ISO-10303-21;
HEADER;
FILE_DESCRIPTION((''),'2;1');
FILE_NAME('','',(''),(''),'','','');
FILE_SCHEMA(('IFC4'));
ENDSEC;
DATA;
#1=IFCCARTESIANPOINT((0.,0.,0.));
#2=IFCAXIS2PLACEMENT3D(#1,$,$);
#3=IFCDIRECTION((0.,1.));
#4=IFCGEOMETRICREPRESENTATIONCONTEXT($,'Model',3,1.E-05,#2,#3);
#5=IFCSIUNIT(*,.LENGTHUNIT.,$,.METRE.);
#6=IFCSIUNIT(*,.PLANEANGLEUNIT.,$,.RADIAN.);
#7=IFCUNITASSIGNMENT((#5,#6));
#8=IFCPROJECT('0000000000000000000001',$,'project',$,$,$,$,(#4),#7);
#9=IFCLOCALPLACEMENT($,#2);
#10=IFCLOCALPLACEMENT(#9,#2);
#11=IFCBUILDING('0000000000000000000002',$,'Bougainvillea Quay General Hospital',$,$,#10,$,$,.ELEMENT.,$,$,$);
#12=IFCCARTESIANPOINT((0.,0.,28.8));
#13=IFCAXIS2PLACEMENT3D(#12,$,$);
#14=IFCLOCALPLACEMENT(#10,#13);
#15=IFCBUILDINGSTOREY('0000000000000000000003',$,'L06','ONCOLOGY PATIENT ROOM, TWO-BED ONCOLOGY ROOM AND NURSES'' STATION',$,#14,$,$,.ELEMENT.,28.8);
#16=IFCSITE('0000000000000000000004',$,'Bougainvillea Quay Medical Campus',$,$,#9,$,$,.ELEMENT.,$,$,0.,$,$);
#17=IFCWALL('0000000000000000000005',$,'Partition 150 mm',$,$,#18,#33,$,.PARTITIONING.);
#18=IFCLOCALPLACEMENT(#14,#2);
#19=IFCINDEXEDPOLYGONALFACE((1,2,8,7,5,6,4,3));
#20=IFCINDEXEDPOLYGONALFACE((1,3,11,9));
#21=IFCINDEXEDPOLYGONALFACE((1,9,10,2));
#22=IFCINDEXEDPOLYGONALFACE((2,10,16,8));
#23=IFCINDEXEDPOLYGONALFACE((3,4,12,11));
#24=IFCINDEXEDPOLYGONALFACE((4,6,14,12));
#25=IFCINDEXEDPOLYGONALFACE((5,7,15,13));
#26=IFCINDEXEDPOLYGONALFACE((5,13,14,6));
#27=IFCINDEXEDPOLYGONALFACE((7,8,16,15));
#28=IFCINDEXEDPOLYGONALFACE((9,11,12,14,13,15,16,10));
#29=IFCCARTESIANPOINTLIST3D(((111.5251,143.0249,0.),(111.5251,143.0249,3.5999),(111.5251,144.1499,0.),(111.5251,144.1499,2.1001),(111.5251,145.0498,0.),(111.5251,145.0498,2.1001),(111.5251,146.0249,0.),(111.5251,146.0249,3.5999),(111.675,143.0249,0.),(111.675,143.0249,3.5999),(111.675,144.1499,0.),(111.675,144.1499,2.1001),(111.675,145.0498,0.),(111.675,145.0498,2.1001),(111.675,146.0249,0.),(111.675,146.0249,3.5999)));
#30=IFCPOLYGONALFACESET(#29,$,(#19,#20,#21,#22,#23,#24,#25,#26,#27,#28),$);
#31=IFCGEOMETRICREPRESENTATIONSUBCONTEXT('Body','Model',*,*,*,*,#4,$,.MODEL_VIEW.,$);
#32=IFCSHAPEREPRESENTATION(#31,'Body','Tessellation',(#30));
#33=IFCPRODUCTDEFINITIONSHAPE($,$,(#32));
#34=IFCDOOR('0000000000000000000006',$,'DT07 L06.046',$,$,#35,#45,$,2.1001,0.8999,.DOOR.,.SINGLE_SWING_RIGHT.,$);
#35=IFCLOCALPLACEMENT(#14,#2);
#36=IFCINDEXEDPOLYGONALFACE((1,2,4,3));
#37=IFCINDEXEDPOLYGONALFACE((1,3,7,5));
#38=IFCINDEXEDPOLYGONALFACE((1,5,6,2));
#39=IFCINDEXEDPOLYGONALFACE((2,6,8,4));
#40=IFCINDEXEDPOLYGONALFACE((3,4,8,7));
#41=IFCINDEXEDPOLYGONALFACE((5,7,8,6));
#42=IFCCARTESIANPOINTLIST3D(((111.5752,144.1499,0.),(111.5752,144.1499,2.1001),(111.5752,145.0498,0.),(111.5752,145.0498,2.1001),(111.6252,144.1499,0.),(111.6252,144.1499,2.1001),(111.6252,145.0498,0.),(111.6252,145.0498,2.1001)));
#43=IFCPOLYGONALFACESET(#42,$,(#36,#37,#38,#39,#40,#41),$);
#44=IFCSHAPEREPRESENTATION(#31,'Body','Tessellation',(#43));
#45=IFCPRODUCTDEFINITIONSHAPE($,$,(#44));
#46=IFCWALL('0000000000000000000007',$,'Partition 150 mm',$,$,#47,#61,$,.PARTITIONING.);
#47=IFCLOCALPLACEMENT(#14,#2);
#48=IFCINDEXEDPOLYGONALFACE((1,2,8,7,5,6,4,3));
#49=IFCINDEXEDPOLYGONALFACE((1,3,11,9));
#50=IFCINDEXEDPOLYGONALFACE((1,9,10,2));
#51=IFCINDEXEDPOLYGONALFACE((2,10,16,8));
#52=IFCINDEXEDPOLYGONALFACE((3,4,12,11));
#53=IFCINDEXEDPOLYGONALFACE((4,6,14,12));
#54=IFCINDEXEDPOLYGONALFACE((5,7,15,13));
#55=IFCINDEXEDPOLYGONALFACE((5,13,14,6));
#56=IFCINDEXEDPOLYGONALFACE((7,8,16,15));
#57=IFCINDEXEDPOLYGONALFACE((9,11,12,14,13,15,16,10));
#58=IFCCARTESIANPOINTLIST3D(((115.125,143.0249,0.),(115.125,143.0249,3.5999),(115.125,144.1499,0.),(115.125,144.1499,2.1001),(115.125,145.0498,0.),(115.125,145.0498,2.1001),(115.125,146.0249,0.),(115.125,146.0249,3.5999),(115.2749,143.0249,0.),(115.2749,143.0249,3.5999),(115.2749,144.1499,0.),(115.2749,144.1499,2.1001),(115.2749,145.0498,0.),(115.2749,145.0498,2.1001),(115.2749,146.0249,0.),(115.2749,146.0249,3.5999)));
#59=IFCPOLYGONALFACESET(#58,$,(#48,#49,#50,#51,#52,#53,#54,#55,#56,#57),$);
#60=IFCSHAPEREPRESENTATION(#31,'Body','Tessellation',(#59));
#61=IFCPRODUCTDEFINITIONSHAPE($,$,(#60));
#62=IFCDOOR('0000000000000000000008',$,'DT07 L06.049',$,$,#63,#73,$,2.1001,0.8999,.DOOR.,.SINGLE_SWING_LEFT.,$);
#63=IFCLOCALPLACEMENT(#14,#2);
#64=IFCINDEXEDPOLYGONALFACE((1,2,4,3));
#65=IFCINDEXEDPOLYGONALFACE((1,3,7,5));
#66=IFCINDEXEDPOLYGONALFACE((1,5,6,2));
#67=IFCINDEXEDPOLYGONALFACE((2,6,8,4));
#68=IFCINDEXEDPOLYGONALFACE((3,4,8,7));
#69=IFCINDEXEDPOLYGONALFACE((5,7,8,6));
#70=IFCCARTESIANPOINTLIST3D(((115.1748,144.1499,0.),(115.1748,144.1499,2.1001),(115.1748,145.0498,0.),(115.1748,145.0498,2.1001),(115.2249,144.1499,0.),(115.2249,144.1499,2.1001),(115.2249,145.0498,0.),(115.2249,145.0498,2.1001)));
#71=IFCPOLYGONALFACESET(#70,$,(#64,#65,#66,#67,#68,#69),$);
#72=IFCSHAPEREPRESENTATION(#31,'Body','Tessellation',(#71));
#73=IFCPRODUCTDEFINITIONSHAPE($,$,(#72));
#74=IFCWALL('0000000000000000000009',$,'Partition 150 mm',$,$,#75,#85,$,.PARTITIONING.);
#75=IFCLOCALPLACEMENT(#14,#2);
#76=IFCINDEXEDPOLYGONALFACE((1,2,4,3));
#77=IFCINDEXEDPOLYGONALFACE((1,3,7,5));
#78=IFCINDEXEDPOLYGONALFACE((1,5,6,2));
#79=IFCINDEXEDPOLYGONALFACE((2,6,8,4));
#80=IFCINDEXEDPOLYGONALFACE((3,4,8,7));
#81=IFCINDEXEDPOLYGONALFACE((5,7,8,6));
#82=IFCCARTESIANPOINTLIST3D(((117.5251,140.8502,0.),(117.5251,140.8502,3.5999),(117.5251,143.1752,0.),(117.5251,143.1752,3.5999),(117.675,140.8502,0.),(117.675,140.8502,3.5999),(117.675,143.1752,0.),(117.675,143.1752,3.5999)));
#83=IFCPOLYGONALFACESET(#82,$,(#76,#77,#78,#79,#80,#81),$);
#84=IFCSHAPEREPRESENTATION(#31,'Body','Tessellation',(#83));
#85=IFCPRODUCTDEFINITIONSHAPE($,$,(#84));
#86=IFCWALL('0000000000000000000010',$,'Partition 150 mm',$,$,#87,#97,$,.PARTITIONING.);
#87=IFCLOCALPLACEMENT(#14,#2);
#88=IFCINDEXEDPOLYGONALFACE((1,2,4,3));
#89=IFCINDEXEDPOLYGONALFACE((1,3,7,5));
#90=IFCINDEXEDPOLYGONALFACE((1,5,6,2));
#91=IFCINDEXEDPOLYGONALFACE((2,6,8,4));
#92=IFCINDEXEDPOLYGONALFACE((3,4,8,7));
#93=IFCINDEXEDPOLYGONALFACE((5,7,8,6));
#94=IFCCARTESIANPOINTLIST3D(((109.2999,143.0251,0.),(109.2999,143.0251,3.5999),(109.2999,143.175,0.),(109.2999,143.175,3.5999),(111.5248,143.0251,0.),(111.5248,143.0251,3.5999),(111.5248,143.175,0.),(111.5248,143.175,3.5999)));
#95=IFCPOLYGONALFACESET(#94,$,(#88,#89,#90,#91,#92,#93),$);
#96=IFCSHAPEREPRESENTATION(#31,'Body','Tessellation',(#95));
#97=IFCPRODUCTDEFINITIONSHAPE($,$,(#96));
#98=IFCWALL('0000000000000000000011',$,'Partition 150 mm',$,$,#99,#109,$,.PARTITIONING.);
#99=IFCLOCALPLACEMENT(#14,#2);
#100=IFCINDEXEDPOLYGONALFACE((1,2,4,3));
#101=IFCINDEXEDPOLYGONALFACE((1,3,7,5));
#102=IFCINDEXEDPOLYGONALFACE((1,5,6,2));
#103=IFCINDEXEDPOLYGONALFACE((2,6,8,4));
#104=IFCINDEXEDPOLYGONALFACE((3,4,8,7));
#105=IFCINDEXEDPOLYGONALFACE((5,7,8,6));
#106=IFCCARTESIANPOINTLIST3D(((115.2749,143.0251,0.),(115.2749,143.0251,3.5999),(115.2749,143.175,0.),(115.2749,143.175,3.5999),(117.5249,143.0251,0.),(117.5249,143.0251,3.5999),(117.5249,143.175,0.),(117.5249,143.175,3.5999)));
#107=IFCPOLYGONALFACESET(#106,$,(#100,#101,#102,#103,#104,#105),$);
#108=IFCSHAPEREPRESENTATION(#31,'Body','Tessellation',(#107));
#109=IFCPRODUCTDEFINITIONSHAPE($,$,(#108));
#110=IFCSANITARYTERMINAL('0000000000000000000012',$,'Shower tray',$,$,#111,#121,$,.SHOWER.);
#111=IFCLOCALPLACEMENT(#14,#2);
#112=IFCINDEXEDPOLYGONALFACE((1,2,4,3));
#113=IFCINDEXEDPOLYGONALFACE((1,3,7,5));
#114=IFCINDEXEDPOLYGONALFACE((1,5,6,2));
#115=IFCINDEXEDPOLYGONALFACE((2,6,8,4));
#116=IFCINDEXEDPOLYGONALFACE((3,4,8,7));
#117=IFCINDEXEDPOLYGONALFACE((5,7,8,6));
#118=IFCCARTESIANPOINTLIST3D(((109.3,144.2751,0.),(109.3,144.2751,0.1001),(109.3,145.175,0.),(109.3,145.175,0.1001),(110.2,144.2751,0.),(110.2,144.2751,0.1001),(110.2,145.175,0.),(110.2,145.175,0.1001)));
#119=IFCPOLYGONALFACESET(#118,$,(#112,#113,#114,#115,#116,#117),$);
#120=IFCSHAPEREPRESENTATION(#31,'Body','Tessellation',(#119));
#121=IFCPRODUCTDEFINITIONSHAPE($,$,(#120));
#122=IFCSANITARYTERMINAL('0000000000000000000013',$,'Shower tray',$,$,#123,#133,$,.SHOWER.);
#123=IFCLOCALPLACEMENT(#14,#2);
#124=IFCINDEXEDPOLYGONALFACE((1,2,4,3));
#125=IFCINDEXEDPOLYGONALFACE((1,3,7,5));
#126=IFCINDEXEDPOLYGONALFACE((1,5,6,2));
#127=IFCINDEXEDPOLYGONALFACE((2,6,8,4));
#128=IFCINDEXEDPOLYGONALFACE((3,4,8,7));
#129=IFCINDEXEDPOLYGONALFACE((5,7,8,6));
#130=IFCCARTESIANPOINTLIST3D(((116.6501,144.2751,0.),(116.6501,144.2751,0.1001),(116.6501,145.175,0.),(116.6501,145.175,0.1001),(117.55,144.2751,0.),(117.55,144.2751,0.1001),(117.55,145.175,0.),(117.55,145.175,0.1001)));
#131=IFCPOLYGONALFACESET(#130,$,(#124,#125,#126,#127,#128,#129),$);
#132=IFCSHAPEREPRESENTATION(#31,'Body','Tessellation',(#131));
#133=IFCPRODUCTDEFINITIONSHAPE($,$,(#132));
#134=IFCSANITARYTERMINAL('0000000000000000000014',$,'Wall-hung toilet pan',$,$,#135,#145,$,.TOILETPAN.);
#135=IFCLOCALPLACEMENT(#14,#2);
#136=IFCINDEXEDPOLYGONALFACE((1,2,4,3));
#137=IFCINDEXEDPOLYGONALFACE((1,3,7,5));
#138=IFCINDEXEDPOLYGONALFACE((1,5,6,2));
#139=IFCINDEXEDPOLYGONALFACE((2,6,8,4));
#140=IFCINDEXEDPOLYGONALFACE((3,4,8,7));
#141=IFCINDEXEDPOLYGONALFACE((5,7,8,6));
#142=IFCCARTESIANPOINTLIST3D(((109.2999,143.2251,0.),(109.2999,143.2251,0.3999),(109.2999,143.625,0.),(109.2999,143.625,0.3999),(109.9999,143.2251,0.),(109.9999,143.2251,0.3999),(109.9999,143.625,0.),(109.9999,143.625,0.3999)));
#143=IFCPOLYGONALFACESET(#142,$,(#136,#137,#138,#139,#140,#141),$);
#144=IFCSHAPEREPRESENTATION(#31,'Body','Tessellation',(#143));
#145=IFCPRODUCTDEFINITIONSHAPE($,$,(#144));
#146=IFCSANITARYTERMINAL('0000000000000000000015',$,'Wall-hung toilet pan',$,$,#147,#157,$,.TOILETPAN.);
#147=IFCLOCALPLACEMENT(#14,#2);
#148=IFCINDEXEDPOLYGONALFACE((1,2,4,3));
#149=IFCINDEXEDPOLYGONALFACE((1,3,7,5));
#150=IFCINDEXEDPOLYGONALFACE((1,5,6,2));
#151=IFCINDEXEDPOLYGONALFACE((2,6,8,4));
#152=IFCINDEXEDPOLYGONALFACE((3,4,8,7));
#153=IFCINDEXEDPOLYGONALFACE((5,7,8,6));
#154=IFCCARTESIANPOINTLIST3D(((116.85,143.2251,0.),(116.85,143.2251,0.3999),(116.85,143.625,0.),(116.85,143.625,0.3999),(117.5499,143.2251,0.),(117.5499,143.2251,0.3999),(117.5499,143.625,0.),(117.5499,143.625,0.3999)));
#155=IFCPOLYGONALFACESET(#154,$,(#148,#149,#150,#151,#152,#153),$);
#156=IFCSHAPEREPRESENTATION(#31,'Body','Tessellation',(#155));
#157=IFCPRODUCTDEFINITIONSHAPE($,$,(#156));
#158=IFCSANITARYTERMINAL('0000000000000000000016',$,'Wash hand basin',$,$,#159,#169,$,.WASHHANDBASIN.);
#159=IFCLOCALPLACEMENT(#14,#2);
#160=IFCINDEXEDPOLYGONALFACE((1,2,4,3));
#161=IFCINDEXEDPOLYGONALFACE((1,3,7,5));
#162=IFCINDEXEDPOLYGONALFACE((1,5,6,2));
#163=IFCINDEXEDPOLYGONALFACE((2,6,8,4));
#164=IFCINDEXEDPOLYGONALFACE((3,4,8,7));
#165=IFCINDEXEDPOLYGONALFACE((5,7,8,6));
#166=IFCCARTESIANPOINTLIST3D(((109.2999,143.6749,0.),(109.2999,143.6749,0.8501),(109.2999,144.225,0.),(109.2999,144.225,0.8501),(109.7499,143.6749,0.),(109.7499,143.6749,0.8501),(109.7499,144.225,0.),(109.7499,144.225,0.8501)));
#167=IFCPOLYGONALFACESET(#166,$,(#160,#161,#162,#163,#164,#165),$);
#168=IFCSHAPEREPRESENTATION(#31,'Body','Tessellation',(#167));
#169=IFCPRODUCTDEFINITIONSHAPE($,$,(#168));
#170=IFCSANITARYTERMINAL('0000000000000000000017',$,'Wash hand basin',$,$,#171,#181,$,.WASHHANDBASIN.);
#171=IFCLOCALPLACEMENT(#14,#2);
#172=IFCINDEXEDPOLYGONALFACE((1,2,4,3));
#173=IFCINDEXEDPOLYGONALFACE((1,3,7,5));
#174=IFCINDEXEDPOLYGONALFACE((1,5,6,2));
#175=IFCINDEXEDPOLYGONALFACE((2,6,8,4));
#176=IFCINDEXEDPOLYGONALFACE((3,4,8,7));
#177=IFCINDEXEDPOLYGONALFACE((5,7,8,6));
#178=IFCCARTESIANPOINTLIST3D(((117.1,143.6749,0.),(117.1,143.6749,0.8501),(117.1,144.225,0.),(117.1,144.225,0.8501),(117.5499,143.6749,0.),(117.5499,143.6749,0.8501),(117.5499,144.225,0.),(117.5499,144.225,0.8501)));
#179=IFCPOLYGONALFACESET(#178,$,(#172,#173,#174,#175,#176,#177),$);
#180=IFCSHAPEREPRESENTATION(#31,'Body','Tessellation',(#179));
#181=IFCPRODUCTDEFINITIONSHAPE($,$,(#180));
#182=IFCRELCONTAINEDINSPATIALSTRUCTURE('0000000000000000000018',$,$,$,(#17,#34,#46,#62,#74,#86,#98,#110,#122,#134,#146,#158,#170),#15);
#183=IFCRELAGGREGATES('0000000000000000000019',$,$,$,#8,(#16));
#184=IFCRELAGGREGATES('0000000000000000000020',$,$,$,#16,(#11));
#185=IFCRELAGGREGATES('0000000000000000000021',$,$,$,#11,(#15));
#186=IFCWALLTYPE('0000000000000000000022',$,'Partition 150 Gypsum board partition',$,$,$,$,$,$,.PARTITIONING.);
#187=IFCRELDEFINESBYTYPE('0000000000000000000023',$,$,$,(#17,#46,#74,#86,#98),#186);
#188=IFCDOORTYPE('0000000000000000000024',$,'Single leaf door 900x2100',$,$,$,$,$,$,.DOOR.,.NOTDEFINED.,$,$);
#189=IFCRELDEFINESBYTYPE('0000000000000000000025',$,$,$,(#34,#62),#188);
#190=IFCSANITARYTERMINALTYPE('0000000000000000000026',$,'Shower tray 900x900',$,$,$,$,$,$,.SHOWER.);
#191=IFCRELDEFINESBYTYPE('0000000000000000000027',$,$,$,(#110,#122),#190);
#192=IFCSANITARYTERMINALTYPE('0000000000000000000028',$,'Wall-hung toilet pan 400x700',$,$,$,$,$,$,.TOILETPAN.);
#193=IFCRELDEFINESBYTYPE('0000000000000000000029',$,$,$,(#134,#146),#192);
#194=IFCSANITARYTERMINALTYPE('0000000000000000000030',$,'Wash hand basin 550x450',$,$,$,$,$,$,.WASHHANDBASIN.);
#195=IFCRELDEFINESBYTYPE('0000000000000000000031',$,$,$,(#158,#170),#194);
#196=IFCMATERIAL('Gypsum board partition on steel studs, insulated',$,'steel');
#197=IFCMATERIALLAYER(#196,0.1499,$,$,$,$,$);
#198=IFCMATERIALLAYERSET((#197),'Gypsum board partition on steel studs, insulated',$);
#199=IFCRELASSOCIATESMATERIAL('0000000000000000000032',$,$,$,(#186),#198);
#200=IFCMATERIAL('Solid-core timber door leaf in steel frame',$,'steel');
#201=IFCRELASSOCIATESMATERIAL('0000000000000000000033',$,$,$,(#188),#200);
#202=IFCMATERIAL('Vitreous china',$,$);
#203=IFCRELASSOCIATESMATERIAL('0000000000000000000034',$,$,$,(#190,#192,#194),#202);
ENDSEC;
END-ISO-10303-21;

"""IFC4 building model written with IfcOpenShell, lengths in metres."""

from ifc_helpers import new_model, si_unit, direction, frame, frame_2d, origin, origin_2d, place, context, subcontext, project, spatial, rectangle, extrude, material, layer, layer_set, type_object, element, fill, save


model = new_model("IFC4")

# Units and contexts
model_context = context("Model", 3, precision=1e-05, world=origin(), true_north=direction((0.0, 1.0)))
body_context = subcontext(model_context, "Body", "Model", "MODEL_VIEW")
ifc_project = project(units=[si_unit("LENGTHUNIT", "METRE"), si_unit("PLANEANGLEUNIT", "RADIAN")], contexts=[model_context])

# Site, building, storey
site_placement = place(None, origin())
site = spatial("IfcSite", under=ifc_project, at=site_placement, Name="Bougainvillea Quay Medical Campus", CompositionType="ELEMENT", RefElevation=0.0)
building_placement = place(site_placement, origin())
building = spatial("IfcBuilding", under=site, at=building_placement, Name="Bougainvillea Quay General Hospital", CompositionType="ELEMENT")
storey_placement = place(building_placement, frame((0.0, 0.0, 28.8)))
storey = spatial("IfcBuildingStorey", under=building, at=storey_placement, Name="L06", Description="ONCOLOGY PATIENT ROOM, TWO-BED ONCOLOGY ROOM AND NURSES' STATION", CompositionType="ELEMENT", Elevation=28.8)

# Shared definitions
ifc_material_1 = material(Name="Gypsum board partition on steel studs, insulated", Category="steel")
ifc_layer_1 = layer(ifc_material_1, 0.1499)
ifc_layer_set_1 = layer_set([ifc_layer_1], Name="Gypsum board partition on steel studs, insulated")
wall_type_1 = type_object("IfcWallType", Name="Partition 150 Gypsum board partition", PredefinedType="PARTITIONING", material=ifc_layer_set_1)

# Walls, openings, doors
wall_1_placement = place(storey_placement, frame((111.6001, 143.0249, 0.0), z_axis=(0.0, 0.0, 1.0), x_axis=(0.0, 1.0, 0.0)))
wall_1 = element("IfcWall", 1, at=wall_1_placement, inside=storey, type_object=wall_type_1, Name="Partition 150 mm", PredefinedType="PARTITIONING", context=body_context, shape_type="SweptSolid", body=[
    extrude(rectangle(XDim=3.0, YDim=0.1499, at=frame_2d((1.5, 0.0))), origin(), (0.0, 0.0, 1.0), 3.5999),
])
opening_1_placement = place(wall_1_placement, frame((1.125, 0.0, 0.0)))
opening_1 = element("IfcOpeningElement", 2, at=opening_1_placement, cuts=wall_1, PredefinedType="OPENING", context=body_context, shape_type="SweptSolid", body=[
    extrude(rectangle(XDim=0.8999, YDim=2.1001, at=frame_2d((0.45, 1.05))), frame((0.0, 0.085, 0.0), z_axis=(0.0, -1.0, 0.0), x_axis=(1.0, 0.0, 0.0)), (0.0, 0.0, 1.0), 0.1699),
])
ifc_material_2 = material(Name="Solid-core timber door leaf in steel frame", Category="steel")
door_type = type_object("IfcDoorType", Name="Single leaf door 900x2100", OperationType="NOTDEFINED", PredefinedType="DOOR", material=ifc_material_2)
door_1_placement = place(opening_1_placement, origin())
door_1 = element("IfcDoor", 3, at=door_1_placement, inside=storey, type_object=door_type, Name="DT07 L06.046", OperationType="SINGLE_SWING_RIGHT", OverallHeight=2.1001, OverallWidth=0.8999, PredefinedType="DOOR", context=body_context, shape_type="SweptSolid", body=[
    extrude(rectangle(XDim=0.8999, YDim=2.1001, at=frame_2d((0.45, 1.05))), frame((0.0, 0.0249, 0.0), z_axis=(0.0, -1.0, 0.0), x_axis=(1.0, 0.0, 0.0)), (0.0, 0.0, 1.0), 0.05),
])
fill(opening_1, door_1)
wall_2_placement = place(storey_placement, frame((115.2, 143.0249, 0.0), z_axis=(0.0, 0.0, 1.0), x_axis=(0.0, 1.0, 0.0)))
wall_2 = element("IfcWall", 4, at=wall_2_placement, inside=storey, type_object=wall_type_1, Name="Partition 150 mm", PredefinedType="PARTITIONING", context=body_context, shape_type="SweptSolid", body=[
    extrude(rectangle(XDim=3.0, YDim=0.1499, at=frame_2d((1.5, 0.0))), origin(), (0.0, 0.0, 1.0), 3.5999),
])
opening_2_placement = place(wall_2_placement, frame((1.125, 0.0, 0.0)))
opening_2 = element("IfcOpeningElement", 5, at=opening_2_placement, cuts=wall_2, PredefinedType="OPENING", context=body_context, shape_type="SweptSolid", body=[
    extrude(rectangle(XDim=0.8999, YDim=2.1001, at=frame_2d((0.45, 1.05))), frame((0.0, 0.085, 0.0), z_axis=(0.0, -1.0, 0.0), x_axis=(1.0, 0.0, 0.0)), (0.0, 0.0, 1.0), 0.1699),
])
door_2_placement = place(opening_2_placement, frame((0.8999, 0.0, 0.0), z_axis=(0.0, 0.0, 1.0), x_axis=(-1.0, 0.0, 0.0)))
door_2 = element("IfcDoor", 6, at=door_2_placement, inside=storey, type_object=door_type, Name="DT07 L06.049", OperationType="SINGLE_SWING_LEFT", OverallHeight=2.1001, OverallWidth=0.8999, PredefinedType="DOOR", context=body_context, shape_type="SweptSolid", body=[
    extrude(rectangle(XDim=0.8999, YDim=2.1001, at=frame_2d((0.45, 1.05))), frame((0.0, 0.0249, 0.0), z_axis=(0.0, -1.0, 0.0), x_axis=(1.0, 0.0, 0.0)), (0.0, 0.0, 1.0), 0.05),
])
fill(opening_2, door_2)

# Walls
wall_3_placement = place(storey_placement, frame((117.6001, 140.8501, 0.0), z_axis=(0.0, 0.0, 1.0), x_axis=(0.0, 1.0, 0.0)))
element("IfcWall", 7, at=wall_3_placement, inside=storey, type_object=wall_type_1, Name="Partition 150 mm", PredefinedType="PARTITIONING", context=body_context, shape_type="SweptSolid", body=[
    extrude(rectangle(XDim=2.325, YDim=0.1499, at=frame_2d((1.1626, 0.0))), origin(), (0.0, 0.0, 1.0), 3.5999),
])
wall_4_placement = place(storey_placement, frame((109.3, 143.1001, 0.0), z_axis=(0.0, 0.0, 1.0), x_axis=(1.0, 0.0, 0.0)))
element("IfcWall", 8, at=wall_4_placement, inside=storey, type_object=wall_type_1, Name="Partition 150 mm", PredefinedType="PARTITIONING", context=body_context, shape_type="SweptSolid", body=[
    extrude(rectangle(XDim=2.2249, YDim=0.1499, at=frame_2d((1.1123, 0.0))), origin(), (0.0, 0.0, 1.0), 3.5999),
])
wall_5_placement = place(storey_placement, frame((115.2749, 143.1001, 0.0), z_axis=(0.0, 0.0, 1.0), x_axis=(1.0, 0.0, 0.0)))
element("IfcWall", 9, at=wall_5_placement, inside=storey, type_object=wall_type_1, Name="Partition 150 mm", PredefinedType="PARTITIONING", context=body_context, shape_type="SweptSolid", body=[
    extrude(rectangle(XDim=2.25, YDim=0.1499, at=frame_2d((1.125, 0.0))), origin(), (0.0, 0.0, 1.0), 3.5999),
])

# Sanitary terminals
ifc_material_3 = material(Name="Vitreous china")
sanitary_terminal_type_1 = type_object("IfcSanitaryTerminalType", Name="Shower tray 900x900", PredefinedType="SHOWER", material=ifc_material_3)
for number, where, z_axis, x_axis, name in (
    (10, (109.75, 144.7251, 0.0), (0.0, 0.0, 1.0), (0.0, 1.0, 0.0), "Shower tray"),
    (11, (117.1001, 144.7251, 0.0), (0.0, 0.0, 1.0), (0.0, -1.0, 0.0), "Shower tray"),
):
    element("IfcSanitaryTerminal", number, at=place(storey_placement, frame(where, z_axis=z_axis, x_axis=x_axis)), inside=storey, type_object=sanitary_terminal_type_1, Name=name, PredefinedType="SHOWER", context=body_context, shape_type="SweptSolid", body=[
        extrude(rectangle(XDim=0.8999, YDim=0.8999, at=origin_2d()), origin(), (0.0, 0.0, 1.0), 0.1001),
    ])
sanitary_terminal_type_2 = type_object("IfcSanitaryTerminalType", Name="Wall-hung toilet pan 400x700", PredefinedType="TOILETPAN", material=ifc_material_3)
for number, where, z_axis, x_axis, name in (
    (12, (109.6499, 143.425, 0.0), (0.0, 0.0, 1.0), (0.0, 1.0, 0.0), "Wall-hung toilet pan"),
    (13, (117.2, 143.425, 0.0), (0.0, 0.0, 1.0), (0.0, -1.0, 0.0), "Wall-hung toilet pan"),
):
    element("IfcSanitaryTerminal", number, at=place(storey_placement, frame(where, z_axis=z_axis, x_axis=x_axis)), inside=storey, type_object=sanitary_terminal_type_2, Name=name, PredefinedType="TOILETPAN", context=body_context, shape_type="SweptSolid", body=[
        extrude(rectangle(XDim=0.3999, YDim=0.7, at=origin_2d()), origin(), (0.0, 0.0, 1.0), 0.3999),
    ])
sanitary_terminal_type_3 = type_object("IfcSanitaryTerminalType", Name="Wash hand basin 550x450", PredefinedType="WASHHANDBASIN", material=ifc_material_3)
for number, where, z_axis, x_axis, name in (
    (14, (109.5249, 143.95, 0.0), (0.0, 0.0, 1.0), (0.0, 1.0, 0.0), "Wash hand basin"),
    (15, (117.325, 143.95, 0.0), (0.0, 0.0, 1.0), (0.0, -1.0, 0.0), "Wash hand basin"),
):
    element("IfcSanitaryTerminal", number, at=place(storey_placement, frame(where, z_axis=z_axis, x_axis=x_axis)), inside=storey, type_object=sanitary_terminal_type_3, Name=name, PredefinedType="WASHHANDBASIN", context=body_context, shape_type="SweptSolid", body=[
        extrude(rectangle(XDim=0.55, YDim=0.45, at=origin_2d()), origin(), (0.0, 0.0, 1.0), 0.8501),
    ])

save(model, "model.ifc")
